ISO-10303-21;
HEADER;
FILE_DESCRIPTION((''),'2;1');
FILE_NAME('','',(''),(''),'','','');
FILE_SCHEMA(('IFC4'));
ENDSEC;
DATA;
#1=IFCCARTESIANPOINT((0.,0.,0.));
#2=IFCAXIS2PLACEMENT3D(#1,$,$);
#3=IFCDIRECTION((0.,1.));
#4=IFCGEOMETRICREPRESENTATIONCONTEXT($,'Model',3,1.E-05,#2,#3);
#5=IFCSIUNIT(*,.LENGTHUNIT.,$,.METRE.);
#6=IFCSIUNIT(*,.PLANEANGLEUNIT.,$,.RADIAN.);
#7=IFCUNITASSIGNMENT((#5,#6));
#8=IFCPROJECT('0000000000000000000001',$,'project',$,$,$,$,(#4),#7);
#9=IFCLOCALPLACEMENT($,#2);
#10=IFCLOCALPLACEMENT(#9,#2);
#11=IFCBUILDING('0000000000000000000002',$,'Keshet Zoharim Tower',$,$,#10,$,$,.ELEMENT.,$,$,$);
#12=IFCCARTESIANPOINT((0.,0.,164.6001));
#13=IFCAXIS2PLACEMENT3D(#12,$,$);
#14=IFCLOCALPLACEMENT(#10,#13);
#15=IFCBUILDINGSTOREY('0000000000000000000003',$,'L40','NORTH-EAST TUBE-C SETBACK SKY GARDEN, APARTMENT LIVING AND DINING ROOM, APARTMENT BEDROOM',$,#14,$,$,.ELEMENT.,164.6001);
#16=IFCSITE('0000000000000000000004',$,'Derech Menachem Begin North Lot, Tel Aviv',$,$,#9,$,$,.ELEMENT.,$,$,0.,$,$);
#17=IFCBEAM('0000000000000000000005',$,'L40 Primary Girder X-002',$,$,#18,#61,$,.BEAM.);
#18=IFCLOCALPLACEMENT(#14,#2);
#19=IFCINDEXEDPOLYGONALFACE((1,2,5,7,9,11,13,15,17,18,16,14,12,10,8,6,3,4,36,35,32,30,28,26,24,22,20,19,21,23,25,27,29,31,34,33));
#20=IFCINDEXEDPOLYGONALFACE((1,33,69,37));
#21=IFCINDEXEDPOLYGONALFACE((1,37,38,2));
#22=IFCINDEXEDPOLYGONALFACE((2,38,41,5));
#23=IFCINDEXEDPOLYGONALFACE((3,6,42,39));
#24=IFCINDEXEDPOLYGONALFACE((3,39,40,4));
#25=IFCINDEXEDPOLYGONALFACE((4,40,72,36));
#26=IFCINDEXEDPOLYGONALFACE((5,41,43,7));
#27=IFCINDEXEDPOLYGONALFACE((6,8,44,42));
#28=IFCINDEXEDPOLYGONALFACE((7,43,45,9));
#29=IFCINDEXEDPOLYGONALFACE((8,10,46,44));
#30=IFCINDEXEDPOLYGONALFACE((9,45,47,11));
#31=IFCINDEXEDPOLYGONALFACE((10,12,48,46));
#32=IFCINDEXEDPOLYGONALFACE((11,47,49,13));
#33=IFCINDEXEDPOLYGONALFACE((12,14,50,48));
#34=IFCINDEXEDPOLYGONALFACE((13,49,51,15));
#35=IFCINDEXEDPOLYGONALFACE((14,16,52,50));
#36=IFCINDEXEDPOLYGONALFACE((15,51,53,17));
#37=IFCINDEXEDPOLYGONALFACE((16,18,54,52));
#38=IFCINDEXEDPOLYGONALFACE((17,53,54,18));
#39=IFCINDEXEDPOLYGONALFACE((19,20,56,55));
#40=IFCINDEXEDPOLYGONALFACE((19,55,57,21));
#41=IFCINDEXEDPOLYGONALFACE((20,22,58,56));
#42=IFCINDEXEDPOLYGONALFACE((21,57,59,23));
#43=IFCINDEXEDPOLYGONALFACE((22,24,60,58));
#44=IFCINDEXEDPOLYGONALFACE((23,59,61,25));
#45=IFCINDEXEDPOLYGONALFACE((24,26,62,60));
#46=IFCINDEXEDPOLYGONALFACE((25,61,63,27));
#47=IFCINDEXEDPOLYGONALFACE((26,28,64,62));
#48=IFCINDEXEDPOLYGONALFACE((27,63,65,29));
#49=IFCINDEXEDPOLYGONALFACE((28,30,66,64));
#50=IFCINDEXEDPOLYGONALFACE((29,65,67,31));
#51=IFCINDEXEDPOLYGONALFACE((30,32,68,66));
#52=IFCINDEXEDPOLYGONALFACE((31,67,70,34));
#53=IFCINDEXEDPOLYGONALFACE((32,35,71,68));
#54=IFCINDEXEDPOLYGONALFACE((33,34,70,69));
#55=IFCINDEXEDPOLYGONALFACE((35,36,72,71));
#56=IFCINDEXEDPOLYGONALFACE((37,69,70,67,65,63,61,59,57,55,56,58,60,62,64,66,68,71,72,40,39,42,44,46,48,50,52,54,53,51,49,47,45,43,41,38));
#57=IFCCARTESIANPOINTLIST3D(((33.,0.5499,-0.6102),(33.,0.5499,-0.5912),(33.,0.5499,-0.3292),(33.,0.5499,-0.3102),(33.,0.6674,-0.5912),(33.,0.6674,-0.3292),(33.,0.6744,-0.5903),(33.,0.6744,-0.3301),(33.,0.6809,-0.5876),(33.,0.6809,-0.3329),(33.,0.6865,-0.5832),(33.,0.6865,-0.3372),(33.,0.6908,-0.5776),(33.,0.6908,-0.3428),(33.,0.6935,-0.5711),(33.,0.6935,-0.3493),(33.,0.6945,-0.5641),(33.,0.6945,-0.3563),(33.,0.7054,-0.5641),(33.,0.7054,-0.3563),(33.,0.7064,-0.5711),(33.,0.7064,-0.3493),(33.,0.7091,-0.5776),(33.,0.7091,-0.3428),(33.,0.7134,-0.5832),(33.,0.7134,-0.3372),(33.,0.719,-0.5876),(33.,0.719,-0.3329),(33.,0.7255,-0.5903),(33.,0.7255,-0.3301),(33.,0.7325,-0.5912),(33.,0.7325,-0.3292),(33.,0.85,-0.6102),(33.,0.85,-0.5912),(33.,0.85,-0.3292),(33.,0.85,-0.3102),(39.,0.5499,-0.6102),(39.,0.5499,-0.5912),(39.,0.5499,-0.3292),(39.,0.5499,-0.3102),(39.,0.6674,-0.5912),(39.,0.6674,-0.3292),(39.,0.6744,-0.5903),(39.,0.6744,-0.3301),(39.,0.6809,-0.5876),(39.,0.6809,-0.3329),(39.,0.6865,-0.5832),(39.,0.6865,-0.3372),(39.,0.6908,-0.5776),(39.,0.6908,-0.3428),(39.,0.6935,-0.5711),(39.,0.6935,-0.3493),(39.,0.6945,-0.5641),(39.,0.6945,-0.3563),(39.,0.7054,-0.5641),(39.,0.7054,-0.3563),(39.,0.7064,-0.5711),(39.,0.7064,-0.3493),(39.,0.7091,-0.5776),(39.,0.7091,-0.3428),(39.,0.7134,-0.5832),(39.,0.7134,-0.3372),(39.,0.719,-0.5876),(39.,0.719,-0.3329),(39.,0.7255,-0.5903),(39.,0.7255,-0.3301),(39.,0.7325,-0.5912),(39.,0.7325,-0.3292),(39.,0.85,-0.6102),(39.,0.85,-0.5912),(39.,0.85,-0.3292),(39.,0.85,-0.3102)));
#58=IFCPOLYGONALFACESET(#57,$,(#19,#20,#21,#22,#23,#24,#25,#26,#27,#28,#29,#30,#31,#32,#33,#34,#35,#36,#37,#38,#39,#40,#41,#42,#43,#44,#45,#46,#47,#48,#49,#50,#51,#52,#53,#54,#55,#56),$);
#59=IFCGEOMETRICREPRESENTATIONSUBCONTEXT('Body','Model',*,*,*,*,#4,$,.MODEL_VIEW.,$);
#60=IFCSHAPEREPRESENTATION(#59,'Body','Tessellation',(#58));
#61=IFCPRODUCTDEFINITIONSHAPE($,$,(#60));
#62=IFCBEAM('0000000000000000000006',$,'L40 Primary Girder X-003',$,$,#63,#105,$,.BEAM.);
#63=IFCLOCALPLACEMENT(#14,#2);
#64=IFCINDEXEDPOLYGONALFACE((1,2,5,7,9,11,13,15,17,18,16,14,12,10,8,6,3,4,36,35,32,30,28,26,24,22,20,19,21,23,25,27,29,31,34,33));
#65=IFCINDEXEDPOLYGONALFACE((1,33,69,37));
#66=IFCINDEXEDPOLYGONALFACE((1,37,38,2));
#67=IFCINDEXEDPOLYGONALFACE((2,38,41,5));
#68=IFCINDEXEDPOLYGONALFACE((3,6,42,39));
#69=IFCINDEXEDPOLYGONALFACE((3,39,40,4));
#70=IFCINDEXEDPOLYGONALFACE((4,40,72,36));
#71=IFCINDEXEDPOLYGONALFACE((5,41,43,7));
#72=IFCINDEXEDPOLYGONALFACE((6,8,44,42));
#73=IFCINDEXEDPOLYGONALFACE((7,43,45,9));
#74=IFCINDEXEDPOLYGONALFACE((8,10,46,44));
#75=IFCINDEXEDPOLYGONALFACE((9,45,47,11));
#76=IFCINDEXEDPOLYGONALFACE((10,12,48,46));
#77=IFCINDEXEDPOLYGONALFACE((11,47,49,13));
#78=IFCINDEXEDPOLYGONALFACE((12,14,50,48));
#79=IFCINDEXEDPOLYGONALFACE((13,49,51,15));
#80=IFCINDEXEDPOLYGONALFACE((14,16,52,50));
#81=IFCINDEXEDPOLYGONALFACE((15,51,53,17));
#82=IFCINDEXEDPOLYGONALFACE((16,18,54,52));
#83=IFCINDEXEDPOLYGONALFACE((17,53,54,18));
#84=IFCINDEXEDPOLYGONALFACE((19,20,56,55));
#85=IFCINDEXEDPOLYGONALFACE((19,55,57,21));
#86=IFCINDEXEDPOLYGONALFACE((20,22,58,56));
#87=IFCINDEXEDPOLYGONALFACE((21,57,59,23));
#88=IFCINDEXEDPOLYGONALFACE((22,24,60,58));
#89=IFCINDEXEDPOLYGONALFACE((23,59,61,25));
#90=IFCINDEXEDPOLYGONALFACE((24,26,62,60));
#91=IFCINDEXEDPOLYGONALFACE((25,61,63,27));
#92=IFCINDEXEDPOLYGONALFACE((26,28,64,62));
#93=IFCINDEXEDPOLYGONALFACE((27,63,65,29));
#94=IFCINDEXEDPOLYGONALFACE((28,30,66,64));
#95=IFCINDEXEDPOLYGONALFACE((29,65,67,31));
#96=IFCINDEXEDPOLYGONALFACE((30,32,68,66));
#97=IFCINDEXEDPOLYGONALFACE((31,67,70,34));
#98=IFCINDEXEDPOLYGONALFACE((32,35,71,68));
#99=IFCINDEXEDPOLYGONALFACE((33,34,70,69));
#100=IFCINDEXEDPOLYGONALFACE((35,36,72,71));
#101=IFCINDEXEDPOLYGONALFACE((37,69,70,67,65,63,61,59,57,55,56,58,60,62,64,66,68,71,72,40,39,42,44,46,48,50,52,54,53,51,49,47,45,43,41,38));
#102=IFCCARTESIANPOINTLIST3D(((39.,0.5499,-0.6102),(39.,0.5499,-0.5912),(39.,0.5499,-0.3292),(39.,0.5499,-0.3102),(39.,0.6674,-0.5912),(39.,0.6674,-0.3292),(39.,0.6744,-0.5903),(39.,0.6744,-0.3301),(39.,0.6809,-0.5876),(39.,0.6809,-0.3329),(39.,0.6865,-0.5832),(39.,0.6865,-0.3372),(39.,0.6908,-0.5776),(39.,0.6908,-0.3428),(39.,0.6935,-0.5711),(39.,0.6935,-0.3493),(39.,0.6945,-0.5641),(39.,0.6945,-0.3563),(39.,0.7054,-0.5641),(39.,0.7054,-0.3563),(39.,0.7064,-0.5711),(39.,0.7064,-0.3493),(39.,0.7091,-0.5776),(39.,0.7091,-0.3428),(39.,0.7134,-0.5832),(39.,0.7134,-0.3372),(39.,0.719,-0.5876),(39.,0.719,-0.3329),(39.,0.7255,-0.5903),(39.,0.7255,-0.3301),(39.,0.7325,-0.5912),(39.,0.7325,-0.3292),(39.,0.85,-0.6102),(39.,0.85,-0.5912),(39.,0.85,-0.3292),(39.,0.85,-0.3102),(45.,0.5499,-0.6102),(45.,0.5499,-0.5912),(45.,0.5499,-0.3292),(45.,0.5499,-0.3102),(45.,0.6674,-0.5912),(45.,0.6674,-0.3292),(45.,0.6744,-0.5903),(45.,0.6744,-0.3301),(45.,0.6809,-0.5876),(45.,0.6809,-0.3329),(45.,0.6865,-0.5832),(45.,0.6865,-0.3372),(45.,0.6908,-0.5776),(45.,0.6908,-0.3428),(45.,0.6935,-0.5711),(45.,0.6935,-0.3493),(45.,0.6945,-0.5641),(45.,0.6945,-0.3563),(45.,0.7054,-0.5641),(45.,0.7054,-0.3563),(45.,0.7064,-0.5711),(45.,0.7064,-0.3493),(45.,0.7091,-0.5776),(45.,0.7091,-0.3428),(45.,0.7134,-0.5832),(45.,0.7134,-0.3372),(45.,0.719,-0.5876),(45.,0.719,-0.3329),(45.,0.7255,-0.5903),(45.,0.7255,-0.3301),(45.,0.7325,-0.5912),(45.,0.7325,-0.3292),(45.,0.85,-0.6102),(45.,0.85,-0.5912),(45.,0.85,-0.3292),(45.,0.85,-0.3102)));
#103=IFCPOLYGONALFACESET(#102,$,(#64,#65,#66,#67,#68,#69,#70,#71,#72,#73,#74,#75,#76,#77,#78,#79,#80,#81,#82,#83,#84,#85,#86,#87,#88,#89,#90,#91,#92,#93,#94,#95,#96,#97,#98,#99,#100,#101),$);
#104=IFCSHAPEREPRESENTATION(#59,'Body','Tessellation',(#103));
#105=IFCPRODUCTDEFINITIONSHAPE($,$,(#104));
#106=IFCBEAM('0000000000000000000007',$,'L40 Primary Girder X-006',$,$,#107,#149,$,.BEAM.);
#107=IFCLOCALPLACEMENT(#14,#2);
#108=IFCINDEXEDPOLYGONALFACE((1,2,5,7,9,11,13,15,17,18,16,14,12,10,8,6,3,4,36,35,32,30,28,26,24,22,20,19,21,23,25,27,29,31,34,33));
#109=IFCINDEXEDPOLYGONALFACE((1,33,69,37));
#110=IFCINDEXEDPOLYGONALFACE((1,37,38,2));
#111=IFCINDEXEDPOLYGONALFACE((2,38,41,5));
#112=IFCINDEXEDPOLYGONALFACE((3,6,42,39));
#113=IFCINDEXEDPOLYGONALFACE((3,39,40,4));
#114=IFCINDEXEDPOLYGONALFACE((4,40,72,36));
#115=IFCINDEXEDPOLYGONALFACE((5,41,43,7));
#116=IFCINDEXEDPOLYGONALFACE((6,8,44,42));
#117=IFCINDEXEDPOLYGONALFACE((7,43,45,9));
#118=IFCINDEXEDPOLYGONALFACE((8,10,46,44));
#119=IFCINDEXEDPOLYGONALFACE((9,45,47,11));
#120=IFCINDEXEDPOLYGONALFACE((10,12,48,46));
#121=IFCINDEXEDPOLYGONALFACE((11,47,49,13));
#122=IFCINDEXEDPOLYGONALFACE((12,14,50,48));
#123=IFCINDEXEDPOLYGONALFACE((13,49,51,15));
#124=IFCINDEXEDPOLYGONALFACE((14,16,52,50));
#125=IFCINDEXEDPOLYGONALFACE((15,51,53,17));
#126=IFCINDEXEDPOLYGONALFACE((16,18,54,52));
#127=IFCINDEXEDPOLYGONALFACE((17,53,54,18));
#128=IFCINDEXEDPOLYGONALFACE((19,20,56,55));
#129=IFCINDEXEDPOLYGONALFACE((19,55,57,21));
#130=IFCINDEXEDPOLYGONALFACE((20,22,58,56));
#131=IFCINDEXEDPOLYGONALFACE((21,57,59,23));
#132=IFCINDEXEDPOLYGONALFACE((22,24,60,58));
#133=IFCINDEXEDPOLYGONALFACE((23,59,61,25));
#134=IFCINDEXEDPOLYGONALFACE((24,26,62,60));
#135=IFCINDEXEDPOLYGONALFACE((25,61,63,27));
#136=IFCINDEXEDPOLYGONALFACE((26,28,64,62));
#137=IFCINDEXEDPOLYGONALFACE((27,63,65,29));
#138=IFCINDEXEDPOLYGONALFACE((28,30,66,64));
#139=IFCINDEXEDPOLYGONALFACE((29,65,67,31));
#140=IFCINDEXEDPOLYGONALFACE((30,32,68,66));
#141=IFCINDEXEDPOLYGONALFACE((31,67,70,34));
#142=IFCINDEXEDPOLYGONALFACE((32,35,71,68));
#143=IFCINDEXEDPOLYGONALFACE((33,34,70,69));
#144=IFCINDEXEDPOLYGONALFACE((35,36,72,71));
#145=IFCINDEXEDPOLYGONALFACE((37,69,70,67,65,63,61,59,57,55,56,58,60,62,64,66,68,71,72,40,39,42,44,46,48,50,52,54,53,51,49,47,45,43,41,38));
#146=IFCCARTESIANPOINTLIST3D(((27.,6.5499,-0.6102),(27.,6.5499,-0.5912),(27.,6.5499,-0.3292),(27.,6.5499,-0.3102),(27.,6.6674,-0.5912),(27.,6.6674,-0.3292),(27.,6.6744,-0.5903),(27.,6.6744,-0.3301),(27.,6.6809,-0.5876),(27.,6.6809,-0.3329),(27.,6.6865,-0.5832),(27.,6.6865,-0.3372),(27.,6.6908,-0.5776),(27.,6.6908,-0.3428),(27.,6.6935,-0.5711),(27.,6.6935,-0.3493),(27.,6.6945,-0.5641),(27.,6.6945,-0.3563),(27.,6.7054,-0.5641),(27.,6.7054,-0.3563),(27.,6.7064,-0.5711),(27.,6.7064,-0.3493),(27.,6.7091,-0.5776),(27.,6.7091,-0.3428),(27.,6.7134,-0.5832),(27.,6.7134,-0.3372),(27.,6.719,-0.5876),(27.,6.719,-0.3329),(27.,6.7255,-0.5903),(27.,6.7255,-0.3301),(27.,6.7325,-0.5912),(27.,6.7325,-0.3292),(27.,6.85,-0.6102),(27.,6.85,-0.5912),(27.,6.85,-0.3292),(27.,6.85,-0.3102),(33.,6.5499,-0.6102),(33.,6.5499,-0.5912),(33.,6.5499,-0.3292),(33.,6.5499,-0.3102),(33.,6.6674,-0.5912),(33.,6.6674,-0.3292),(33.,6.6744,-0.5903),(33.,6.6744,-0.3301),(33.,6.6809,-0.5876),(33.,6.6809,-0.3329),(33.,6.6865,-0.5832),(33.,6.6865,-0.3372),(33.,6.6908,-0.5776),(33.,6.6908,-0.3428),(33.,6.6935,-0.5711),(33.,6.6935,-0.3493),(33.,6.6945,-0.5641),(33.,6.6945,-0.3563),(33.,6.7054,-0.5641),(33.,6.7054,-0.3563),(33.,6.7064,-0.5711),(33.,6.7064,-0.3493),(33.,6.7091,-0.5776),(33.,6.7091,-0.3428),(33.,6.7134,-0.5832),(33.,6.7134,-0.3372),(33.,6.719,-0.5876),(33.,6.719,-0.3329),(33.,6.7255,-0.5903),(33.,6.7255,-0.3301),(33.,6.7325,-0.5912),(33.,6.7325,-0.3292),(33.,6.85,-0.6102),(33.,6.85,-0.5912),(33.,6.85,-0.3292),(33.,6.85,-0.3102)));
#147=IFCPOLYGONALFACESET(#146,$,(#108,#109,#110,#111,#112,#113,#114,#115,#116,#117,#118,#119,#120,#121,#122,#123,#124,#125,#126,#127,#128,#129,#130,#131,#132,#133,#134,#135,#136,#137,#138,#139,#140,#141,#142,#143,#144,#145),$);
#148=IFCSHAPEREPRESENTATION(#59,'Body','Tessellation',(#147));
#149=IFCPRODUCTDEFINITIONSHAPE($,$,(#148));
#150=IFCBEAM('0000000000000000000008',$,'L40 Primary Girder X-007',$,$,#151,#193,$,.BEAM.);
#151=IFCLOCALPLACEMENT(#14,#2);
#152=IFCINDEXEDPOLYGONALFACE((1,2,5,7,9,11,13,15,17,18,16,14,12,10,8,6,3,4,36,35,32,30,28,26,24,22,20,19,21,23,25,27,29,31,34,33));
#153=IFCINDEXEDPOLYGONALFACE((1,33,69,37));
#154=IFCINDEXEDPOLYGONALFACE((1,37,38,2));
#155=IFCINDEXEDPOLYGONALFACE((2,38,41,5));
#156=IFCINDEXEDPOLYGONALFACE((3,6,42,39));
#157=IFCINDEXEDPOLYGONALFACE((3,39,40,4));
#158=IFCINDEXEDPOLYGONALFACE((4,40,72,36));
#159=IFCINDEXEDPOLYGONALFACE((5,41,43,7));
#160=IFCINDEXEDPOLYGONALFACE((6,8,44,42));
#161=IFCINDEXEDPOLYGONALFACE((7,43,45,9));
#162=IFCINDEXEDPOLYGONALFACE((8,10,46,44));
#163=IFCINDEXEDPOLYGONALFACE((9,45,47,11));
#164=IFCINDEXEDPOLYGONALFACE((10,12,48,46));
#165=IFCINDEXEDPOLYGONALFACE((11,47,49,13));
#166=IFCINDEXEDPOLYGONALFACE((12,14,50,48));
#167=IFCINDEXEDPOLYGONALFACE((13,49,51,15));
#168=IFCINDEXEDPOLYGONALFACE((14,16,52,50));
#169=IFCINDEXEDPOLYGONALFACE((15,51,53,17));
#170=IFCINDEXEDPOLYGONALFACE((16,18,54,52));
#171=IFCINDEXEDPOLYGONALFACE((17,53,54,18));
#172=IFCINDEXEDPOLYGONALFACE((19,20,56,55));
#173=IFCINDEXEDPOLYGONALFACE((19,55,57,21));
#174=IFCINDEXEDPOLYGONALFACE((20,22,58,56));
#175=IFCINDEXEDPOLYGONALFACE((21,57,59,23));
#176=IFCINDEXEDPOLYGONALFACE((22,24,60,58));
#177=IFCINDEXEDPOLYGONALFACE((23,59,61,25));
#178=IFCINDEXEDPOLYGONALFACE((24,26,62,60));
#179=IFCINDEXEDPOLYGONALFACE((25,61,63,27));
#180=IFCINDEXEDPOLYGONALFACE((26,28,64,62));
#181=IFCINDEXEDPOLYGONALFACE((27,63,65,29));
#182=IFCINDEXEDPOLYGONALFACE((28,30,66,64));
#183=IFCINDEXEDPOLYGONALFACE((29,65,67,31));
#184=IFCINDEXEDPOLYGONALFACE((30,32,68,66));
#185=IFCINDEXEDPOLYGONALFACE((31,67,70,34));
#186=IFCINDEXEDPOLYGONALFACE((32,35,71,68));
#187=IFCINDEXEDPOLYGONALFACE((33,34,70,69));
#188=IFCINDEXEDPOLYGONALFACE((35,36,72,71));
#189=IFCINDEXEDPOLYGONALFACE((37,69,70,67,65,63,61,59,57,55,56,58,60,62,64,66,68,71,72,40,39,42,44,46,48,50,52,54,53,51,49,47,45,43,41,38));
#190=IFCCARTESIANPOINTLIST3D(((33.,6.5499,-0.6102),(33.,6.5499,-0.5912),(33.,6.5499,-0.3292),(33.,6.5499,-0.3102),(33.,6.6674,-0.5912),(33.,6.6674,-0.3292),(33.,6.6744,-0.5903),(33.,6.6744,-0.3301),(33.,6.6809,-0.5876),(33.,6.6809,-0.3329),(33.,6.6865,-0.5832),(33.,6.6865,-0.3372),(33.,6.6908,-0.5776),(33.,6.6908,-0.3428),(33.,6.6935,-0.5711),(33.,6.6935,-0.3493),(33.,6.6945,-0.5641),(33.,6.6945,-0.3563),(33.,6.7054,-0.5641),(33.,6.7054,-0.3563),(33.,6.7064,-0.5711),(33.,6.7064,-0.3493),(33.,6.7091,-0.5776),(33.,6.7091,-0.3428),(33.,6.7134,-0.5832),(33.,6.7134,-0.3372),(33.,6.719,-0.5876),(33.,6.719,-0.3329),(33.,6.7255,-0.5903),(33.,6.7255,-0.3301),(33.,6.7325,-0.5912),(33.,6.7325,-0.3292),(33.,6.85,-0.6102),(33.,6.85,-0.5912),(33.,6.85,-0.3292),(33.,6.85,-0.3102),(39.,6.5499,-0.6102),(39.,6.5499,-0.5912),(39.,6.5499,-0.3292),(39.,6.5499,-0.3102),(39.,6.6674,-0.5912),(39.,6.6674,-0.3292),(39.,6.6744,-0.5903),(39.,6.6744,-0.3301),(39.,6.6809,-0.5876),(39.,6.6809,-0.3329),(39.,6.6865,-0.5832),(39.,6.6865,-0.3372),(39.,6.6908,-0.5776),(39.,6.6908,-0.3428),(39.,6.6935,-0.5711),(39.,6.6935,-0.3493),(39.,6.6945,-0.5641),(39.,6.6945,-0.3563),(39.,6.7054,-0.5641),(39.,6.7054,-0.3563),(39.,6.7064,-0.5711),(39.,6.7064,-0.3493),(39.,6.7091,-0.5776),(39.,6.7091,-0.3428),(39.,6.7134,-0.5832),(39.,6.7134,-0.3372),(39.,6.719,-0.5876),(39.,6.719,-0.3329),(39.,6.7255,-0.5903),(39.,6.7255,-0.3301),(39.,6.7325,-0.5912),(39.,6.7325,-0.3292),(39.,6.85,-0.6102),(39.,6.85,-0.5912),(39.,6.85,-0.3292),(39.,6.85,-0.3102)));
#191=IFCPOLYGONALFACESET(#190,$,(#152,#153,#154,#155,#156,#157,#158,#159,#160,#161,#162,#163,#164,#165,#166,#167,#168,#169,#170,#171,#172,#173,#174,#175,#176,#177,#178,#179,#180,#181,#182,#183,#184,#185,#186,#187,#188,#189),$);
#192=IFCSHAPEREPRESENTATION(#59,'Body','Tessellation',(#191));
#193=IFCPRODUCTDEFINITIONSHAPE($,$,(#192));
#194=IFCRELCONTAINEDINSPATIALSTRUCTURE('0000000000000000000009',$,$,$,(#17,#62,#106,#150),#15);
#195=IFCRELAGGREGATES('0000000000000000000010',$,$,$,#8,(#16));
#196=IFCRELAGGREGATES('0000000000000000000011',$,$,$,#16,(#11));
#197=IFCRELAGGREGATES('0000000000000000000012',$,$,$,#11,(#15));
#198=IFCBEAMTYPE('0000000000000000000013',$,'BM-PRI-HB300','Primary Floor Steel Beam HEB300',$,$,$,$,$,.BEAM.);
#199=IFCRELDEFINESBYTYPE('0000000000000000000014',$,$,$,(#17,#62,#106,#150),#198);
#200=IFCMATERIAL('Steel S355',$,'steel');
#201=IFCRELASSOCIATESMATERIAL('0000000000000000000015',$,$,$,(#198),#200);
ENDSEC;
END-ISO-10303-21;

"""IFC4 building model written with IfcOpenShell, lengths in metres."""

from ifc_helpers import new_model, si_unit, direction, frame, origin, origin_2d, place, context, subcontext, project, spatial, i_section, extrude, material, material_profile, profile_set, type_object, element, save


model = new_model("IFC4")

# Units and contexts
model_context = context("Model", 3, precision=1e-05, world=origin(), true_north=direction((0.0, 1.0)))
body_context = subcontext(model_context, "Body", "Model", "MODEL_VIEW")
ifc_project = project(units=[si_unit("LENGTHUNIT", "METRE"), si_unit("PLANEANGLEUNIT", "RADIAN")], contexts=[model_context])

# Site, building, storey
site_placement = place(None, origin())
site = spatial("IfcSite", under=ifc_project, at=site_placement, Name="Derech Menachem Begin North Lot, Tel Aviv", CompositionType="ELEMENT", RefElevation=0.0)
building_placement = place(site_placement, origin())
building = spatial("IfcBuilding", under=site, at=building_placement, Name="Keshet Zoharim Tower", CompositionType="ELEMENT")
storey_placement = place(building_placement, frame((0.0, 0.0, 164.6001)))
storey = spatial("IfcBuildingStorey", under=building, at=storey_placement, Name="L40", Description="NORTH-EAST TUBE-C SETBACK SKY GARDEN, APARTMENT LIVING AND DINING ROOM, APARTMENT BEDROOM", CompositionType="ELEMENT", Elevation=164.6001)

# Shared definitions
ifc_material_1 = material(Name="Steel S355", Category="steel")

# Beams
ifc_material_profile_1 = material_profile(ifc_material_1, i_section(OverallWidth=0.3, OverallDepth=0.3, WebThickness=0.011, FlangeThickness=0.019, FilletRadius=0.0271, at=origin_2d()), Name="HEB300")
ifc_profile_set_1 = profile_set([ifc_material_profile_1], Name="Steel S355")
beam_type_1 = type_object("IfcBeamType", Name="BM-PRI-HB300", Description="Primary Floor Steel Beam HEB300", PredefinedType="BEAM", material=ifc_profile_set_1)
for number, where, z_axis, x_axis, name in (
    (1, (33.0, 0.7, -0.4602), (1.0, 0.0, 0.0), (0.0, 1.0, 0.0), "L40 Primary Girder X-002"),
    (2, (39.0, 0.7, -0.4602), (1.0, 0.0, 0.0), (0.0, 1.0, 0.0), "L40 Primary Girder X-003"),
    (3, (27.0, 6.7, -0.4602), (1.0, 0.0, 0.0), (0.0, 1.0, 0.0), "L40 Primary Girder X-006"),
    (4, (33.0, 6.7, -0.4602), (1.0, 0.0, 0.0), (0.0, 1.0, 0.0), "L40 Primary Girder X-007"),
):
    element("IfcBeam", number, at=place(storey_placement, frame(where, z_axis=z_axis, x_axis=x_axis)), inside=storey, type_object=beam_type_1, Name=name, PredefinedType="BEAM", context=body_context, shape_type="SweptSolid", body=[
        extrude(i_section(OverallWidth=0.3, OverallDepth=0.3, WebThickness=0.011, FlangeThickness=0.019, FilletRadius=0.0271, at=origin_2d()), origin(), (0.0, 0.0, 1.0), 6.0),
    ])

save(model, "model.ifc")
